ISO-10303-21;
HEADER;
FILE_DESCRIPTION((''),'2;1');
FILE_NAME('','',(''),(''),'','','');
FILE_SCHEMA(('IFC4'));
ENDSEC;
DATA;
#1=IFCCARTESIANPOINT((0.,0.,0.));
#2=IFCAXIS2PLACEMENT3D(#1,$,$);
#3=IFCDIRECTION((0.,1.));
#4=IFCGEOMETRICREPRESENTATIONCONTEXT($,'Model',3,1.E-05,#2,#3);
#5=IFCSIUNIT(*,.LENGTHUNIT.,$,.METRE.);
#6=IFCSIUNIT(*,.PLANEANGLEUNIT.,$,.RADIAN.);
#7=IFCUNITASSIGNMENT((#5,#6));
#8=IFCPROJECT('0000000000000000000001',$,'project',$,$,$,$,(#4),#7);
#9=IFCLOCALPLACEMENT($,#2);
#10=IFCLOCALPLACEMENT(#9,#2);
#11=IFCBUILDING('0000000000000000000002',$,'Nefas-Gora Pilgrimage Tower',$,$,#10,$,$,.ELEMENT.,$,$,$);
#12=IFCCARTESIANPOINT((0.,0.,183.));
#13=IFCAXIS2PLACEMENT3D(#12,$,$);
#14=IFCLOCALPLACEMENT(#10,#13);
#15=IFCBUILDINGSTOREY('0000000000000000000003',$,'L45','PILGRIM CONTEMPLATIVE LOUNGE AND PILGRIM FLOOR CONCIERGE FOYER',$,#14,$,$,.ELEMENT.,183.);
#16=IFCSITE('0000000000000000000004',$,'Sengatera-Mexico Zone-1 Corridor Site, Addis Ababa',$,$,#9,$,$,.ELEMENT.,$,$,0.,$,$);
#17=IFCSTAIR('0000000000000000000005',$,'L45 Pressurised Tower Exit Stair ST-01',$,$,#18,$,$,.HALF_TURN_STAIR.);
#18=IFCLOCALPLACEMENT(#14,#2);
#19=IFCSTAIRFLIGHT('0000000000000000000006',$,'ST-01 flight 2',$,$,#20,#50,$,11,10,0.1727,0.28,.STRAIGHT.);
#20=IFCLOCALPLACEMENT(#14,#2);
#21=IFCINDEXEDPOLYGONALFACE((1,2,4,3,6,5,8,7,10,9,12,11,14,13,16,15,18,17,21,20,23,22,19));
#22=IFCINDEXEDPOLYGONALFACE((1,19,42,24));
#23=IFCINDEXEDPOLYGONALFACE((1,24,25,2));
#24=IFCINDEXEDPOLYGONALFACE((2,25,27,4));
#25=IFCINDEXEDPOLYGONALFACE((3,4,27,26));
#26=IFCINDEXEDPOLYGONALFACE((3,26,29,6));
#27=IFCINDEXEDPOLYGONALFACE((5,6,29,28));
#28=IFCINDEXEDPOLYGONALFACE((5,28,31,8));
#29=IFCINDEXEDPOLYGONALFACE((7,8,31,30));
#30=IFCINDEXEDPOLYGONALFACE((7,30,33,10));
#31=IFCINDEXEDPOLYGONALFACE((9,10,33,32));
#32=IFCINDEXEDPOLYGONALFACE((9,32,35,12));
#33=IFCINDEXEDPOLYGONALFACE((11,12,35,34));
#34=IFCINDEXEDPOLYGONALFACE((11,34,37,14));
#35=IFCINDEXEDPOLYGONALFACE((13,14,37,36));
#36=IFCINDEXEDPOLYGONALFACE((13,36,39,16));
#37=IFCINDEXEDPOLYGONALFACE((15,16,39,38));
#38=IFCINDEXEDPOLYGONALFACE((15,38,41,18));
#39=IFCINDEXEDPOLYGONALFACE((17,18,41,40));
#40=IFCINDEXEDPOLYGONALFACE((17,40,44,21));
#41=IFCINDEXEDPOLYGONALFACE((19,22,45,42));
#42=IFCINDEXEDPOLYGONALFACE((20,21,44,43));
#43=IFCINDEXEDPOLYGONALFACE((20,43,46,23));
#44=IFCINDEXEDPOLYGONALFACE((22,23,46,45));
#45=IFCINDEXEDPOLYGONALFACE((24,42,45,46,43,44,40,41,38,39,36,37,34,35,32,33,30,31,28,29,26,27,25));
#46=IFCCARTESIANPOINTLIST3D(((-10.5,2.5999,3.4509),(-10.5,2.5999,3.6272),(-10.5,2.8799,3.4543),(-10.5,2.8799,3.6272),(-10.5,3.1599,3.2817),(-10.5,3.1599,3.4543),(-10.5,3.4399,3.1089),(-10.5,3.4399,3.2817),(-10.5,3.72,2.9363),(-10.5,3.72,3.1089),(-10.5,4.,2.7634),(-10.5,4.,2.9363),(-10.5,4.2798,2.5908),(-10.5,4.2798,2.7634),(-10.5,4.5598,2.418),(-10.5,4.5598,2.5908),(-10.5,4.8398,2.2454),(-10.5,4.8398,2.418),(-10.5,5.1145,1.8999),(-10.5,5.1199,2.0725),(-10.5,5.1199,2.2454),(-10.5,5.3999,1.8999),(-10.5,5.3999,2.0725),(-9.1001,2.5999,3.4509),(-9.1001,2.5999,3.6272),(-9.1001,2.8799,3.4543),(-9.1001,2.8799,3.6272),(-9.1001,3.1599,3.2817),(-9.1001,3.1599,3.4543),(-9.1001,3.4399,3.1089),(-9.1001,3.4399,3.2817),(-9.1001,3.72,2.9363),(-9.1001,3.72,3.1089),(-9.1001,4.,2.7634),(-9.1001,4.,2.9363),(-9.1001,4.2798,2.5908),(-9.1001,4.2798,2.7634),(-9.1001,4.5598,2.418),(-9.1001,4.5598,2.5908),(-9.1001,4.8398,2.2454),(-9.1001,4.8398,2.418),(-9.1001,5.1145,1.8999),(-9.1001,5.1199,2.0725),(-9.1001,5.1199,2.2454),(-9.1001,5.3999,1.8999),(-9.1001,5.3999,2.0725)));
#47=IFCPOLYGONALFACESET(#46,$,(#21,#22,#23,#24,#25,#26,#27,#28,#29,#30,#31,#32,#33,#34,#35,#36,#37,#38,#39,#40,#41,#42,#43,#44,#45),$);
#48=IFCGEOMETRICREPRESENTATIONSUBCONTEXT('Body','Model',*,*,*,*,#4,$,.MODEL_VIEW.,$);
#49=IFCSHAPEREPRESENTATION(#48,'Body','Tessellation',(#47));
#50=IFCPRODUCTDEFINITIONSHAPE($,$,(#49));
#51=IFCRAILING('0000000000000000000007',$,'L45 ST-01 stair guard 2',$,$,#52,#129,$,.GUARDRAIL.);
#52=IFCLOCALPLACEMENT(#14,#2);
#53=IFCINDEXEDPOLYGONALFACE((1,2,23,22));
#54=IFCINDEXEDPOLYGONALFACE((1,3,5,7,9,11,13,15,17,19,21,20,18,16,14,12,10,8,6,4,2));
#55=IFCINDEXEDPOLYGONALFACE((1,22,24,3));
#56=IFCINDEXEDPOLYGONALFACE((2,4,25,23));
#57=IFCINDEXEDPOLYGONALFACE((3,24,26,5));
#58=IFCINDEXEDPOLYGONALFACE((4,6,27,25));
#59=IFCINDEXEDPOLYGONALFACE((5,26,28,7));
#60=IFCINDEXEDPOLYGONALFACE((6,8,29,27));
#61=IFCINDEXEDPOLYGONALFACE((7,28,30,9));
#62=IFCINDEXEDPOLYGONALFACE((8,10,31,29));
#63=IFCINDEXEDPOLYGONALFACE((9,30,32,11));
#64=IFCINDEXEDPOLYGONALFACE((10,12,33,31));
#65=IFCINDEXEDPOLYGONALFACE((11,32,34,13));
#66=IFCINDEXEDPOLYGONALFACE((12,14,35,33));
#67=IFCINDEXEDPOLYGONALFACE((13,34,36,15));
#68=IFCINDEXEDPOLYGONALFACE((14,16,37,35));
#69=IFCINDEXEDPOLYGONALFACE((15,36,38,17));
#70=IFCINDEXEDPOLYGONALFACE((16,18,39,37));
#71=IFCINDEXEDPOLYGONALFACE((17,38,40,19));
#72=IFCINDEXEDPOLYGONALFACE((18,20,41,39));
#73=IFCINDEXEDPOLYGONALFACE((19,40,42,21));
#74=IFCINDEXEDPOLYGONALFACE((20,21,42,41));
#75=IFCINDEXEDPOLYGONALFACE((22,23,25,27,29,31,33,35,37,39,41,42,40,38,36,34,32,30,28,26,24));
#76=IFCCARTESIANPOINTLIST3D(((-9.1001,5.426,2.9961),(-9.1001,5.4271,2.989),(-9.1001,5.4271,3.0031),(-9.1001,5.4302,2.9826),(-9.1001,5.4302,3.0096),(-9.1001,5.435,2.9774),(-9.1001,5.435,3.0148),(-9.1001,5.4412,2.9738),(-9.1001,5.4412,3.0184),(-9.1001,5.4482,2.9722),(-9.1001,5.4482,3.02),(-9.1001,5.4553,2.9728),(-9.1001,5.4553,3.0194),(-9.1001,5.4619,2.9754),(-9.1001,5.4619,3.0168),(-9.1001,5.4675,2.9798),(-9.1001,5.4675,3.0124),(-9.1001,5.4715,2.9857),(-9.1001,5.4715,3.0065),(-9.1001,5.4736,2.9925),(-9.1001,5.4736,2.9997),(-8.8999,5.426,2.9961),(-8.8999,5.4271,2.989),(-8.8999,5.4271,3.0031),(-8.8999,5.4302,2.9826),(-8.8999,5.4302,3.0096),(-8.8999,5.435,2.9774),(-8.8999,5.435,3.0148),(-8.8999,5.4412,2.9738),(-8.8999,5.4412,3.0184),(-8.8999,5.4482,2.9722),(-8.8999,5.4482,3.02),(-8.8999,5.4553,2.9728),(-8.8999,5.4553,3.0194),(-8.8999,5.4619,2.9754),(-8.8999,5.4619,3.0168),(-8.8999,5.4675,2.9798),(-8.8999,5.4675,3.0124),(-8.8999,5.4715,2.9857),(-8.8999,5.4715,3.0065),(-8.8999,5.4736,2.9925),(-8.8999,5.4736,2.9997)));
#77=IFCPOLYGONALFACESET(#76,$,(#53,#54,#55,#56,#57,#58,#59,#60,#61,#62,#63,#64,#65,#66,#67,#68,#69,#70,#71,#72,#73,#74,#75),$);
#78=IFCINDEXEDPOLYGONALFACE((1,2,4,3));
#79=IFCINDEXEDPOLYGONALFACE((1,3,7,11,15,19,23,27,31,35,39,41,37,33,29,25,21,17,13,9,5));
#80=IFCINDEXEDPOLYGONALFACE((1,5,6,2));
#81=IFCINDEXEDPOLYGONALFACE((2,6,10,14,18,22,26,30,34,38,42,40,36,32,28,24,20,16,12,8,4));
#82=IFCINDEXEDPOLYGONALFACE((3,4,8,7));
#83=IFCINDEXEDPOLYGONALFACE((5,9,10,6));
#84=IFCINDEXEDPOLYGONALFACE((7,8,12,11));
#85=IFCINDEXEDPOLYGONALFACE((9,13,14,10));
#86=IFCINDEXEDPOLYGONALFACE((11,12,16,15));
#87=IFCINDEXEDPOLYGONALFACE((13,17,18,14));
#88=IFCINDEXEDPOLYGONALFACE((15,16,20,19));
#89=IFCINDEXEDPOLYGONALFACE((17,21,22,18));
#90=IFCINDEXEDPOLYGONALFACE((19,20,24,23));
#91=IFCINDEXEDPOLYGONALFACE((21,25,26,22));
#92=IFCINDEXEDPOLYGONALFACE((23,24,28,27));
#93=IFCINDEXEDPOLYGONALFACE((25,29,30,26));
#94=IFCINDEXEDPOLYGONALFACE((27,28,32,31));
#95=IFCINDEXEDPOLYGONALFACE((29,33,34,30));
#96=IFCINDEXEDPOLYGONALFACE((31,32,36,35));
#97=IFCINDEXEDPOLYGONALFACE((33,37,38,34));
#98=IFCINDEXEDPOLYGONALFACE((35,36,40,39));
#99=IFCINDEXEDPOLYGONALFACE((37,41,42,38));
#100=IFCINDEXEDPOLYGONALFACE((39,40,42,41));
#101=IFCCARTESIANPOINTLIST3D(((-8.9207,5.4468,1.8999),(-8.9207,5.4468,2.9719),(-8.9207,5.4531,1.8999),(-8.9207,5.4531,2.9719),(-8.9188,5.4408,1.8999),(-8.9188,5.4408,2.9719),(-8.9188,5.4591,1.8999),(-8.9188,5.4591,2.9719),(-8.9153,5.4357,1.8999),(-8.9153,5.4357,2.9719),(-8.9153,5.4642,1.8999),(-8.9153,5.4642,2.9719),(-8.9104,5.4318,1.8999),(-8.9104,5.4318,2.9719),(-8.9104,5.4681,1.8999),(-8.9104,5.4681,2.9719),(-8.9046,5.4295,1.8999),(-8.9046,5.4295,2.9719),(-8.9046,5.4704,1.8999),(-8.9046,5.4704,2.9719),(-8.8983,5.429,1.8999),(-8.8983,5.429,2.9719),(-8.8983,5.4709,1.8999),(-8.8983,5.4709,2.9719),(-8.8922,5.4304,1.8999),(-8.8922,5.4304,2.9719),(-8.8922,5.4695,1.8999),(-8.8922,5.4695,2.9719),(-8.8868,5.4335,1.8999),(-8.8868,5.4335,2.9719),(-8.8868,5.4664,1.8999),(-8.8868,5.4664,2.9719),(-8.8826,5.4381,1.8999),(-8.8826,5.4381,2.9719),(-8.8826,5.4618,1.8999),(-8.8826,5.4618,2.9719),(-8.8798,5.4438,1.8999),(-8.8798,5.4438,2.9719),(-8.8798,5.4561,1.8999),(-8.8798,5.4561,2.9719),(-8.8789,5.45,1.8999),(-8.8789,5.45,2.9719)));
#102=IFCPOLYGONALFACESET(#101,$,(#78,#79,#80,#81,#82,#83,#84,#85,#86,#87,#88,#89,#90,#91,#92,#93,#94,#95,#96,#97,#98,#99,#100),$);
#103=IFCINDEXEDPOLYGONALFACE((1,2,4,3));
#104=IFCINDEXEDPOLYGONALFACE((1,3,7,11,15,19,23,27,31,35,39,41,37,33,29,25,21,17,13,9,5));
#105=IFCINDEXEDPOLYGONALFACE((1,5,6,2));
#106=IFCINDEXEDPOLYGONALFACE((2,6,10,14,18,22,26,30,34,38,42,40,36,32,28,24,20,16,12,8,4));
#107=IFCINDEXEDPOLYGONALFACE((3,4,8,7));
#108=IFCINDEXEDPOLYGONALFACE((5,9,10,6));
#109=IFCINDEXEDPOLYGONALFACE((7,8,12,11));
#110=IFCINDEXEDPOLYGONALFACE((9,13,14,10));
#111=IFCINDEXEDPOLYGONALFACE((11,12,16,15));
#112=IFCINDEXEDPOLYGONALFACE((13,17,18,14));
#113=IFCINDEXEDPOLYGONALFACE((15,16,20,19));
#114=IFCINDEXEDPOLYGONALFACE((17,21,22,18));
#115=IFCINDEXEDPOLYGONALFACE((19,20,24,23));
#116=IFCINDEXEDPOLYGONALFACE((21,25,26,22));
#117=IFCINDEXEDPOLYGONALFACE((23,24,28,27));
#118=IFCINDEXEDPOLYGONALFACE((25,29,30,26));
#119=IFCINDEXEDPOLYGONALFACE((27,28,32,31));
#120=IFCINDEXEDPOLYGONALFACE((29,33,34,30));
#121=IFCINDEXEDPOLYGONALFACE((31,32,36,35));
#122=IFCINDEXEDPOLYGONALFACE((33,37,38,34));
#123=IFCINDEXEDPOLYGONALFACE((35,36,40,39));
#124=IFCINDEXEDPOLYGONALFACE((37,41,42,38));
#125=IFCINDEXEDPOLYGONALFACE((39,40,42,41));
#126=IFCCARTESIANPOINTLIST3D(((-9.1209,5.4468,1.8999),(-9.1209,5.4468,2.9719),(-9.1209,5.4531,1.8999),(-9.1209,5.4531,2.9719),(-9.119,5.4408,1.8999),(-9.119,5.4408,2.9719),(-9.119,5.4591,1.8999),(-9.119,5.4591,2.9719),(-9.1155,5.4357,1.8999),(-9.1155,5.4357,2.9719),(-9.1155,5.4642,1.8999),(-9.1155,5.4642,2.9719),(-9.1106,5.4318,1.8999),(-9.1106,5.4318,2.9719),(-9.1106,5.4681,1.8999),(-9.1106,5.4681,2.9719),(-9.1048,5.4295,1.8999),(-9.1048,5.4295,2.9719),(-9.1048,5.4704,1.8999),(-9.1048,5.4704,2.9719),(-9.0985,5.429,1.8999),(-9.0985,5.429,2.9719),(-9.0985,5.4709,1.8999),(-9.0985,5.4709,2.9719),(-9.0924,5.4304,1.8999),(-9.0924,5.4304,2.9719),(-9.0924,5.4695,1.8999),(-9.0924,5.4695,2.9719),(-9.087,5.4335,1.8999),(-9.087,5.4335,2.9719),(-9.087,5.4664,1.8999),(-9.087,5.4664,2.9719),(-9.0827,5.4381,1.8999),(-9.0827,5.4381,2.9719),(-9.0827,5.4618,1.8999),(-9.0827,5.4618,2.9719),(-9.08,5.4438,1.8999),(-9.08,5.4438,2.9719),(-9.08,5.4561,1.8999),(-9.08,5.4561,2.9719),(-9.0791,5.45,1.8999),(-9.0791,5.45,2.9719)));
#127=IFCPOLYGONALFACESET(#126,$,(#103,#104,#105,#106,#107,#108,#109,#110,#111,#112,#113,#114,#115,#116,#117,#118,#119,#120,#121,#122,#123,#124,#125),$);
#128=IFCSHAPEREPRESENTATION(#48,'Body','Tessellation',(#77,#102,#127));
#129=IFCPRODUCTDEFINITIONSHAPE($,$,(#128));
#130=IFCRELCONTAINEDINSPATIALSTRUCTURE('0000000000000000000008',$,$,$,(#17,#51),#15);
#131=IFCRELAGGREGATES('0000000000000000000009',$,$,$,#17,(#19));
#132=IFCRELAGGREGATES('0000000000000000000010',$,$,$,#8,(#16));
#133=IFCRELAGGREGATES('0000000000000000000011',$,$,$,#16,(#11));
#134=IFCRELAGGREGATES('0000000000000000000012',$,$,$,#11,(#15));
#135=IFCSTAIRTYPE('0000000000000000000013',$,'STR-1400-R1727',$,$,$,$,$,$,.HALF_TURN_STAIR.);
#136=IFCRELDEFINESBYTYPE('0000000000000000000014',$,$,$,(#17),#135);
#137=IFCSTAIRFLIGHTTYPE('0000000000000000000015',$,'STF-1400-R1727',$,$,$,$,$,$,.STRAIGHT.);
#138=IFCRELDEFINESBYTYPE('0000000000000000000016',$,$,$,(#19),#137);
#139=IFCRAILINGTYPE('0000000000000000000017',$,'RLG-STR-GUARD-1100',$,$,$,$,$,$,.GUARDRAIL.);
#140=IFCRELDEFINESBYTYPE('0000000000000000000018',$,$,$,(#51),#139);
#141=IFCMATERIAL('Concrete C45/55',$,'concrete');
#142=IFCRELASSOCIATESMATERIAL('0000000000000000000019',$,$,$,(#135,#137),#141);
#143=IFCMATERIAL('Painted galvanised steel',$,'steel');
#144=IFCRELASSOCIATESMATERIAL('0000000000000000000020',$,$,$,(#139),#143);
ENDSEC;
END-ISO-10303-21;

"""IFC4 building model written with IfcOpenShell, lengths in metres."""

from ifc_helpers import new_model, si_unit, direction, frame, origin, origin_2d, place, context, subcontext, project, spatial, polyline, circle, outline, extrude, source, transform, mapped, material, type_object, element, aggregate, save


model = new_model("IFC4")

# Units and contexts
model_context = context("Model", 3, precision=1e-05, world=origin(), true_north=direction((0.0, 1.0)))
body_context = subcontext(model_context, "Body", "Model", "MODEL_VIEW")
ifc_project = project(units=[si_unit("LENGTHUNIT", "METRE"), si_unit("PLANEANGLEUNIT", "RADIAN")], contexts=[model_context])

# Site, building, storey
site_placement = place(None, origin())
site = spatial("IfcSite", under=ifc_project, at=site_placement, Name="Sengatera-Mexico Zone-1 Corridor Site, Addis Ababa", CompositionType="ELEMENT", RefElevation=0.0)
building_placement = place(site_placement, origin())
building = spatial("IfcBuilding", under=site, at=building_placement, Name="Nefas-Gora Pilgrimage Tower", CompositionType="ELEMENT")
storey_placement = place(building_placement, frame((0.0, 0.0, 183.0)))
storey = spatial("IfcBuildingStorey", under=building, at=storey_placement, Name="L45", Description="PILGRIM CONTEMPLATIVE LOUNGE AND PILGRIM FLOOR CONCIERGE FOYER", CompositionType="ELEMENT", Elevation=183.0)

# Shared definitions
ifc_material_1 = material(Name="Concrete C45/55", Category="concrete")

# Stair, stair flight
stair_type = type_object("IfcStairType", Name="STR-1400-R1727", PredefinedType="HALF_TURN_STAIR", material=ifc_material_1)
stair_placement = place(storey_placement, origin())
stair = element("IfcStair", 1, at=stair_placement, inside=storey, type_object=stair_type, Name="L45 Pressurised Tower Exit Stair ST-01", PredefinedType="HALF_TURN_STAIR")
stair_flight_type = type_object("IfcStairFlightType", Name="STF-1400-R1727", PredefinedType="STRAIGHT", material=ifc_material_1)
shared_shape_1 = source(origin(), body_context, "Body", "SweptSolid", [
    extrude(outline(polyline([(0.0, 0.0), (0.0, 0.1726), (0.28, 0.1726), (0.28, 0.3455), (0.5601, 0.3455), (0.5601, 0.5181), (0.8401, 0.5181), (0.8401, 0.6909), (1.1201, 0.6909), (1.1201, 0.8635), (1.3999, 0.8635), (1.3999, 1.0364), (1.6799, 1.0364), (1.6799, 1.209), (1.96, 1.209), (1.96, 1.3818), (2.24, 1.3818), (2.24, 1.5544), (2.52, 1.5544), (2.52, 1.7273), (2.8, 1.7273), (2.8, 1.8999), (2.8, 1.551), (0.2854, 0.0), (0.0, 0.0)])), frame((0.0, 0.7, 0.0), z_axis=(0.0, -1.0, 0.0), x_axis=(1.0, 0.0, 0.0)), (0.0, 0.0, 1.0), 1.3999),
])
stair_flight_placement = place(storey_placement, frame((-9.8, 5.3999, 1.8999), z_axis=(0.0, 0.0, 1.0), x_axis=(0.0, -1.0, 0.0)))
stair_flight = element("IfcStairFlight", 2, at=stair_flight_placement, type_object=stair_flight_type, Name="ST-01 flight 2", NumberOfRisers=11, NumberOfTreads=10, PredefinedType="STRAIGHT", RiserHeight=0.1727, TreadLength=0.28, context=body_context, shape_type="MappedRepresentation", body=[
    mapped(shared_shape_1, transform((0.0, 0.0, 0.0), x_axis=(1.0, 0.0, 0.0), y_axis=(0.0, 1.0, 0.0), z_axis=(0.0, 0.0, 1.0), scale=1.0)),
])
aggregate(stair, [stair_flight])

# Railing
ifc_material_2 = material(Name="Painted galvanised steel", Category="steel")
railing_type_1 = type_object("IfcRailingType", Name="RLG-STR-GUARD-1100", PredefinedType="GUARDRAIL", material=ifc_material_2)
railing_1_placement = place(storey_placement, frame((-8.8999, 5.45, 1.8999)))
element("IfcRailing", 3, at=railing_1_placement, inside=storey, type_object=railing_type_1, Name="L45 ST-01 stair guard 2", PredefinedType="GUARDRAIL", context=body_context, shape_type="SweptSolid", body=[
    extrude(circle(Radius=0.0239, at=origin_2d()), frame((0.0, 0.0, 1.0962), z_axis=(-1.0, 0.0, 0.0), x_axis=(0.0, -1.0, 0.0)), (0.0, 0.0, 1.0), 0.2002),
    extrude(circle(Radius=0.021, at=origin_2d()), origin(), (0.0, 0.0, 1.0), 1.072),
    extrude(circle(Radius=0.021, at=origin_2d()), frame((-0.2002, 0.0, 0.0)), (0.0, 0.0, 1.0), 1.072),
])

save(model, "model.ifc")
